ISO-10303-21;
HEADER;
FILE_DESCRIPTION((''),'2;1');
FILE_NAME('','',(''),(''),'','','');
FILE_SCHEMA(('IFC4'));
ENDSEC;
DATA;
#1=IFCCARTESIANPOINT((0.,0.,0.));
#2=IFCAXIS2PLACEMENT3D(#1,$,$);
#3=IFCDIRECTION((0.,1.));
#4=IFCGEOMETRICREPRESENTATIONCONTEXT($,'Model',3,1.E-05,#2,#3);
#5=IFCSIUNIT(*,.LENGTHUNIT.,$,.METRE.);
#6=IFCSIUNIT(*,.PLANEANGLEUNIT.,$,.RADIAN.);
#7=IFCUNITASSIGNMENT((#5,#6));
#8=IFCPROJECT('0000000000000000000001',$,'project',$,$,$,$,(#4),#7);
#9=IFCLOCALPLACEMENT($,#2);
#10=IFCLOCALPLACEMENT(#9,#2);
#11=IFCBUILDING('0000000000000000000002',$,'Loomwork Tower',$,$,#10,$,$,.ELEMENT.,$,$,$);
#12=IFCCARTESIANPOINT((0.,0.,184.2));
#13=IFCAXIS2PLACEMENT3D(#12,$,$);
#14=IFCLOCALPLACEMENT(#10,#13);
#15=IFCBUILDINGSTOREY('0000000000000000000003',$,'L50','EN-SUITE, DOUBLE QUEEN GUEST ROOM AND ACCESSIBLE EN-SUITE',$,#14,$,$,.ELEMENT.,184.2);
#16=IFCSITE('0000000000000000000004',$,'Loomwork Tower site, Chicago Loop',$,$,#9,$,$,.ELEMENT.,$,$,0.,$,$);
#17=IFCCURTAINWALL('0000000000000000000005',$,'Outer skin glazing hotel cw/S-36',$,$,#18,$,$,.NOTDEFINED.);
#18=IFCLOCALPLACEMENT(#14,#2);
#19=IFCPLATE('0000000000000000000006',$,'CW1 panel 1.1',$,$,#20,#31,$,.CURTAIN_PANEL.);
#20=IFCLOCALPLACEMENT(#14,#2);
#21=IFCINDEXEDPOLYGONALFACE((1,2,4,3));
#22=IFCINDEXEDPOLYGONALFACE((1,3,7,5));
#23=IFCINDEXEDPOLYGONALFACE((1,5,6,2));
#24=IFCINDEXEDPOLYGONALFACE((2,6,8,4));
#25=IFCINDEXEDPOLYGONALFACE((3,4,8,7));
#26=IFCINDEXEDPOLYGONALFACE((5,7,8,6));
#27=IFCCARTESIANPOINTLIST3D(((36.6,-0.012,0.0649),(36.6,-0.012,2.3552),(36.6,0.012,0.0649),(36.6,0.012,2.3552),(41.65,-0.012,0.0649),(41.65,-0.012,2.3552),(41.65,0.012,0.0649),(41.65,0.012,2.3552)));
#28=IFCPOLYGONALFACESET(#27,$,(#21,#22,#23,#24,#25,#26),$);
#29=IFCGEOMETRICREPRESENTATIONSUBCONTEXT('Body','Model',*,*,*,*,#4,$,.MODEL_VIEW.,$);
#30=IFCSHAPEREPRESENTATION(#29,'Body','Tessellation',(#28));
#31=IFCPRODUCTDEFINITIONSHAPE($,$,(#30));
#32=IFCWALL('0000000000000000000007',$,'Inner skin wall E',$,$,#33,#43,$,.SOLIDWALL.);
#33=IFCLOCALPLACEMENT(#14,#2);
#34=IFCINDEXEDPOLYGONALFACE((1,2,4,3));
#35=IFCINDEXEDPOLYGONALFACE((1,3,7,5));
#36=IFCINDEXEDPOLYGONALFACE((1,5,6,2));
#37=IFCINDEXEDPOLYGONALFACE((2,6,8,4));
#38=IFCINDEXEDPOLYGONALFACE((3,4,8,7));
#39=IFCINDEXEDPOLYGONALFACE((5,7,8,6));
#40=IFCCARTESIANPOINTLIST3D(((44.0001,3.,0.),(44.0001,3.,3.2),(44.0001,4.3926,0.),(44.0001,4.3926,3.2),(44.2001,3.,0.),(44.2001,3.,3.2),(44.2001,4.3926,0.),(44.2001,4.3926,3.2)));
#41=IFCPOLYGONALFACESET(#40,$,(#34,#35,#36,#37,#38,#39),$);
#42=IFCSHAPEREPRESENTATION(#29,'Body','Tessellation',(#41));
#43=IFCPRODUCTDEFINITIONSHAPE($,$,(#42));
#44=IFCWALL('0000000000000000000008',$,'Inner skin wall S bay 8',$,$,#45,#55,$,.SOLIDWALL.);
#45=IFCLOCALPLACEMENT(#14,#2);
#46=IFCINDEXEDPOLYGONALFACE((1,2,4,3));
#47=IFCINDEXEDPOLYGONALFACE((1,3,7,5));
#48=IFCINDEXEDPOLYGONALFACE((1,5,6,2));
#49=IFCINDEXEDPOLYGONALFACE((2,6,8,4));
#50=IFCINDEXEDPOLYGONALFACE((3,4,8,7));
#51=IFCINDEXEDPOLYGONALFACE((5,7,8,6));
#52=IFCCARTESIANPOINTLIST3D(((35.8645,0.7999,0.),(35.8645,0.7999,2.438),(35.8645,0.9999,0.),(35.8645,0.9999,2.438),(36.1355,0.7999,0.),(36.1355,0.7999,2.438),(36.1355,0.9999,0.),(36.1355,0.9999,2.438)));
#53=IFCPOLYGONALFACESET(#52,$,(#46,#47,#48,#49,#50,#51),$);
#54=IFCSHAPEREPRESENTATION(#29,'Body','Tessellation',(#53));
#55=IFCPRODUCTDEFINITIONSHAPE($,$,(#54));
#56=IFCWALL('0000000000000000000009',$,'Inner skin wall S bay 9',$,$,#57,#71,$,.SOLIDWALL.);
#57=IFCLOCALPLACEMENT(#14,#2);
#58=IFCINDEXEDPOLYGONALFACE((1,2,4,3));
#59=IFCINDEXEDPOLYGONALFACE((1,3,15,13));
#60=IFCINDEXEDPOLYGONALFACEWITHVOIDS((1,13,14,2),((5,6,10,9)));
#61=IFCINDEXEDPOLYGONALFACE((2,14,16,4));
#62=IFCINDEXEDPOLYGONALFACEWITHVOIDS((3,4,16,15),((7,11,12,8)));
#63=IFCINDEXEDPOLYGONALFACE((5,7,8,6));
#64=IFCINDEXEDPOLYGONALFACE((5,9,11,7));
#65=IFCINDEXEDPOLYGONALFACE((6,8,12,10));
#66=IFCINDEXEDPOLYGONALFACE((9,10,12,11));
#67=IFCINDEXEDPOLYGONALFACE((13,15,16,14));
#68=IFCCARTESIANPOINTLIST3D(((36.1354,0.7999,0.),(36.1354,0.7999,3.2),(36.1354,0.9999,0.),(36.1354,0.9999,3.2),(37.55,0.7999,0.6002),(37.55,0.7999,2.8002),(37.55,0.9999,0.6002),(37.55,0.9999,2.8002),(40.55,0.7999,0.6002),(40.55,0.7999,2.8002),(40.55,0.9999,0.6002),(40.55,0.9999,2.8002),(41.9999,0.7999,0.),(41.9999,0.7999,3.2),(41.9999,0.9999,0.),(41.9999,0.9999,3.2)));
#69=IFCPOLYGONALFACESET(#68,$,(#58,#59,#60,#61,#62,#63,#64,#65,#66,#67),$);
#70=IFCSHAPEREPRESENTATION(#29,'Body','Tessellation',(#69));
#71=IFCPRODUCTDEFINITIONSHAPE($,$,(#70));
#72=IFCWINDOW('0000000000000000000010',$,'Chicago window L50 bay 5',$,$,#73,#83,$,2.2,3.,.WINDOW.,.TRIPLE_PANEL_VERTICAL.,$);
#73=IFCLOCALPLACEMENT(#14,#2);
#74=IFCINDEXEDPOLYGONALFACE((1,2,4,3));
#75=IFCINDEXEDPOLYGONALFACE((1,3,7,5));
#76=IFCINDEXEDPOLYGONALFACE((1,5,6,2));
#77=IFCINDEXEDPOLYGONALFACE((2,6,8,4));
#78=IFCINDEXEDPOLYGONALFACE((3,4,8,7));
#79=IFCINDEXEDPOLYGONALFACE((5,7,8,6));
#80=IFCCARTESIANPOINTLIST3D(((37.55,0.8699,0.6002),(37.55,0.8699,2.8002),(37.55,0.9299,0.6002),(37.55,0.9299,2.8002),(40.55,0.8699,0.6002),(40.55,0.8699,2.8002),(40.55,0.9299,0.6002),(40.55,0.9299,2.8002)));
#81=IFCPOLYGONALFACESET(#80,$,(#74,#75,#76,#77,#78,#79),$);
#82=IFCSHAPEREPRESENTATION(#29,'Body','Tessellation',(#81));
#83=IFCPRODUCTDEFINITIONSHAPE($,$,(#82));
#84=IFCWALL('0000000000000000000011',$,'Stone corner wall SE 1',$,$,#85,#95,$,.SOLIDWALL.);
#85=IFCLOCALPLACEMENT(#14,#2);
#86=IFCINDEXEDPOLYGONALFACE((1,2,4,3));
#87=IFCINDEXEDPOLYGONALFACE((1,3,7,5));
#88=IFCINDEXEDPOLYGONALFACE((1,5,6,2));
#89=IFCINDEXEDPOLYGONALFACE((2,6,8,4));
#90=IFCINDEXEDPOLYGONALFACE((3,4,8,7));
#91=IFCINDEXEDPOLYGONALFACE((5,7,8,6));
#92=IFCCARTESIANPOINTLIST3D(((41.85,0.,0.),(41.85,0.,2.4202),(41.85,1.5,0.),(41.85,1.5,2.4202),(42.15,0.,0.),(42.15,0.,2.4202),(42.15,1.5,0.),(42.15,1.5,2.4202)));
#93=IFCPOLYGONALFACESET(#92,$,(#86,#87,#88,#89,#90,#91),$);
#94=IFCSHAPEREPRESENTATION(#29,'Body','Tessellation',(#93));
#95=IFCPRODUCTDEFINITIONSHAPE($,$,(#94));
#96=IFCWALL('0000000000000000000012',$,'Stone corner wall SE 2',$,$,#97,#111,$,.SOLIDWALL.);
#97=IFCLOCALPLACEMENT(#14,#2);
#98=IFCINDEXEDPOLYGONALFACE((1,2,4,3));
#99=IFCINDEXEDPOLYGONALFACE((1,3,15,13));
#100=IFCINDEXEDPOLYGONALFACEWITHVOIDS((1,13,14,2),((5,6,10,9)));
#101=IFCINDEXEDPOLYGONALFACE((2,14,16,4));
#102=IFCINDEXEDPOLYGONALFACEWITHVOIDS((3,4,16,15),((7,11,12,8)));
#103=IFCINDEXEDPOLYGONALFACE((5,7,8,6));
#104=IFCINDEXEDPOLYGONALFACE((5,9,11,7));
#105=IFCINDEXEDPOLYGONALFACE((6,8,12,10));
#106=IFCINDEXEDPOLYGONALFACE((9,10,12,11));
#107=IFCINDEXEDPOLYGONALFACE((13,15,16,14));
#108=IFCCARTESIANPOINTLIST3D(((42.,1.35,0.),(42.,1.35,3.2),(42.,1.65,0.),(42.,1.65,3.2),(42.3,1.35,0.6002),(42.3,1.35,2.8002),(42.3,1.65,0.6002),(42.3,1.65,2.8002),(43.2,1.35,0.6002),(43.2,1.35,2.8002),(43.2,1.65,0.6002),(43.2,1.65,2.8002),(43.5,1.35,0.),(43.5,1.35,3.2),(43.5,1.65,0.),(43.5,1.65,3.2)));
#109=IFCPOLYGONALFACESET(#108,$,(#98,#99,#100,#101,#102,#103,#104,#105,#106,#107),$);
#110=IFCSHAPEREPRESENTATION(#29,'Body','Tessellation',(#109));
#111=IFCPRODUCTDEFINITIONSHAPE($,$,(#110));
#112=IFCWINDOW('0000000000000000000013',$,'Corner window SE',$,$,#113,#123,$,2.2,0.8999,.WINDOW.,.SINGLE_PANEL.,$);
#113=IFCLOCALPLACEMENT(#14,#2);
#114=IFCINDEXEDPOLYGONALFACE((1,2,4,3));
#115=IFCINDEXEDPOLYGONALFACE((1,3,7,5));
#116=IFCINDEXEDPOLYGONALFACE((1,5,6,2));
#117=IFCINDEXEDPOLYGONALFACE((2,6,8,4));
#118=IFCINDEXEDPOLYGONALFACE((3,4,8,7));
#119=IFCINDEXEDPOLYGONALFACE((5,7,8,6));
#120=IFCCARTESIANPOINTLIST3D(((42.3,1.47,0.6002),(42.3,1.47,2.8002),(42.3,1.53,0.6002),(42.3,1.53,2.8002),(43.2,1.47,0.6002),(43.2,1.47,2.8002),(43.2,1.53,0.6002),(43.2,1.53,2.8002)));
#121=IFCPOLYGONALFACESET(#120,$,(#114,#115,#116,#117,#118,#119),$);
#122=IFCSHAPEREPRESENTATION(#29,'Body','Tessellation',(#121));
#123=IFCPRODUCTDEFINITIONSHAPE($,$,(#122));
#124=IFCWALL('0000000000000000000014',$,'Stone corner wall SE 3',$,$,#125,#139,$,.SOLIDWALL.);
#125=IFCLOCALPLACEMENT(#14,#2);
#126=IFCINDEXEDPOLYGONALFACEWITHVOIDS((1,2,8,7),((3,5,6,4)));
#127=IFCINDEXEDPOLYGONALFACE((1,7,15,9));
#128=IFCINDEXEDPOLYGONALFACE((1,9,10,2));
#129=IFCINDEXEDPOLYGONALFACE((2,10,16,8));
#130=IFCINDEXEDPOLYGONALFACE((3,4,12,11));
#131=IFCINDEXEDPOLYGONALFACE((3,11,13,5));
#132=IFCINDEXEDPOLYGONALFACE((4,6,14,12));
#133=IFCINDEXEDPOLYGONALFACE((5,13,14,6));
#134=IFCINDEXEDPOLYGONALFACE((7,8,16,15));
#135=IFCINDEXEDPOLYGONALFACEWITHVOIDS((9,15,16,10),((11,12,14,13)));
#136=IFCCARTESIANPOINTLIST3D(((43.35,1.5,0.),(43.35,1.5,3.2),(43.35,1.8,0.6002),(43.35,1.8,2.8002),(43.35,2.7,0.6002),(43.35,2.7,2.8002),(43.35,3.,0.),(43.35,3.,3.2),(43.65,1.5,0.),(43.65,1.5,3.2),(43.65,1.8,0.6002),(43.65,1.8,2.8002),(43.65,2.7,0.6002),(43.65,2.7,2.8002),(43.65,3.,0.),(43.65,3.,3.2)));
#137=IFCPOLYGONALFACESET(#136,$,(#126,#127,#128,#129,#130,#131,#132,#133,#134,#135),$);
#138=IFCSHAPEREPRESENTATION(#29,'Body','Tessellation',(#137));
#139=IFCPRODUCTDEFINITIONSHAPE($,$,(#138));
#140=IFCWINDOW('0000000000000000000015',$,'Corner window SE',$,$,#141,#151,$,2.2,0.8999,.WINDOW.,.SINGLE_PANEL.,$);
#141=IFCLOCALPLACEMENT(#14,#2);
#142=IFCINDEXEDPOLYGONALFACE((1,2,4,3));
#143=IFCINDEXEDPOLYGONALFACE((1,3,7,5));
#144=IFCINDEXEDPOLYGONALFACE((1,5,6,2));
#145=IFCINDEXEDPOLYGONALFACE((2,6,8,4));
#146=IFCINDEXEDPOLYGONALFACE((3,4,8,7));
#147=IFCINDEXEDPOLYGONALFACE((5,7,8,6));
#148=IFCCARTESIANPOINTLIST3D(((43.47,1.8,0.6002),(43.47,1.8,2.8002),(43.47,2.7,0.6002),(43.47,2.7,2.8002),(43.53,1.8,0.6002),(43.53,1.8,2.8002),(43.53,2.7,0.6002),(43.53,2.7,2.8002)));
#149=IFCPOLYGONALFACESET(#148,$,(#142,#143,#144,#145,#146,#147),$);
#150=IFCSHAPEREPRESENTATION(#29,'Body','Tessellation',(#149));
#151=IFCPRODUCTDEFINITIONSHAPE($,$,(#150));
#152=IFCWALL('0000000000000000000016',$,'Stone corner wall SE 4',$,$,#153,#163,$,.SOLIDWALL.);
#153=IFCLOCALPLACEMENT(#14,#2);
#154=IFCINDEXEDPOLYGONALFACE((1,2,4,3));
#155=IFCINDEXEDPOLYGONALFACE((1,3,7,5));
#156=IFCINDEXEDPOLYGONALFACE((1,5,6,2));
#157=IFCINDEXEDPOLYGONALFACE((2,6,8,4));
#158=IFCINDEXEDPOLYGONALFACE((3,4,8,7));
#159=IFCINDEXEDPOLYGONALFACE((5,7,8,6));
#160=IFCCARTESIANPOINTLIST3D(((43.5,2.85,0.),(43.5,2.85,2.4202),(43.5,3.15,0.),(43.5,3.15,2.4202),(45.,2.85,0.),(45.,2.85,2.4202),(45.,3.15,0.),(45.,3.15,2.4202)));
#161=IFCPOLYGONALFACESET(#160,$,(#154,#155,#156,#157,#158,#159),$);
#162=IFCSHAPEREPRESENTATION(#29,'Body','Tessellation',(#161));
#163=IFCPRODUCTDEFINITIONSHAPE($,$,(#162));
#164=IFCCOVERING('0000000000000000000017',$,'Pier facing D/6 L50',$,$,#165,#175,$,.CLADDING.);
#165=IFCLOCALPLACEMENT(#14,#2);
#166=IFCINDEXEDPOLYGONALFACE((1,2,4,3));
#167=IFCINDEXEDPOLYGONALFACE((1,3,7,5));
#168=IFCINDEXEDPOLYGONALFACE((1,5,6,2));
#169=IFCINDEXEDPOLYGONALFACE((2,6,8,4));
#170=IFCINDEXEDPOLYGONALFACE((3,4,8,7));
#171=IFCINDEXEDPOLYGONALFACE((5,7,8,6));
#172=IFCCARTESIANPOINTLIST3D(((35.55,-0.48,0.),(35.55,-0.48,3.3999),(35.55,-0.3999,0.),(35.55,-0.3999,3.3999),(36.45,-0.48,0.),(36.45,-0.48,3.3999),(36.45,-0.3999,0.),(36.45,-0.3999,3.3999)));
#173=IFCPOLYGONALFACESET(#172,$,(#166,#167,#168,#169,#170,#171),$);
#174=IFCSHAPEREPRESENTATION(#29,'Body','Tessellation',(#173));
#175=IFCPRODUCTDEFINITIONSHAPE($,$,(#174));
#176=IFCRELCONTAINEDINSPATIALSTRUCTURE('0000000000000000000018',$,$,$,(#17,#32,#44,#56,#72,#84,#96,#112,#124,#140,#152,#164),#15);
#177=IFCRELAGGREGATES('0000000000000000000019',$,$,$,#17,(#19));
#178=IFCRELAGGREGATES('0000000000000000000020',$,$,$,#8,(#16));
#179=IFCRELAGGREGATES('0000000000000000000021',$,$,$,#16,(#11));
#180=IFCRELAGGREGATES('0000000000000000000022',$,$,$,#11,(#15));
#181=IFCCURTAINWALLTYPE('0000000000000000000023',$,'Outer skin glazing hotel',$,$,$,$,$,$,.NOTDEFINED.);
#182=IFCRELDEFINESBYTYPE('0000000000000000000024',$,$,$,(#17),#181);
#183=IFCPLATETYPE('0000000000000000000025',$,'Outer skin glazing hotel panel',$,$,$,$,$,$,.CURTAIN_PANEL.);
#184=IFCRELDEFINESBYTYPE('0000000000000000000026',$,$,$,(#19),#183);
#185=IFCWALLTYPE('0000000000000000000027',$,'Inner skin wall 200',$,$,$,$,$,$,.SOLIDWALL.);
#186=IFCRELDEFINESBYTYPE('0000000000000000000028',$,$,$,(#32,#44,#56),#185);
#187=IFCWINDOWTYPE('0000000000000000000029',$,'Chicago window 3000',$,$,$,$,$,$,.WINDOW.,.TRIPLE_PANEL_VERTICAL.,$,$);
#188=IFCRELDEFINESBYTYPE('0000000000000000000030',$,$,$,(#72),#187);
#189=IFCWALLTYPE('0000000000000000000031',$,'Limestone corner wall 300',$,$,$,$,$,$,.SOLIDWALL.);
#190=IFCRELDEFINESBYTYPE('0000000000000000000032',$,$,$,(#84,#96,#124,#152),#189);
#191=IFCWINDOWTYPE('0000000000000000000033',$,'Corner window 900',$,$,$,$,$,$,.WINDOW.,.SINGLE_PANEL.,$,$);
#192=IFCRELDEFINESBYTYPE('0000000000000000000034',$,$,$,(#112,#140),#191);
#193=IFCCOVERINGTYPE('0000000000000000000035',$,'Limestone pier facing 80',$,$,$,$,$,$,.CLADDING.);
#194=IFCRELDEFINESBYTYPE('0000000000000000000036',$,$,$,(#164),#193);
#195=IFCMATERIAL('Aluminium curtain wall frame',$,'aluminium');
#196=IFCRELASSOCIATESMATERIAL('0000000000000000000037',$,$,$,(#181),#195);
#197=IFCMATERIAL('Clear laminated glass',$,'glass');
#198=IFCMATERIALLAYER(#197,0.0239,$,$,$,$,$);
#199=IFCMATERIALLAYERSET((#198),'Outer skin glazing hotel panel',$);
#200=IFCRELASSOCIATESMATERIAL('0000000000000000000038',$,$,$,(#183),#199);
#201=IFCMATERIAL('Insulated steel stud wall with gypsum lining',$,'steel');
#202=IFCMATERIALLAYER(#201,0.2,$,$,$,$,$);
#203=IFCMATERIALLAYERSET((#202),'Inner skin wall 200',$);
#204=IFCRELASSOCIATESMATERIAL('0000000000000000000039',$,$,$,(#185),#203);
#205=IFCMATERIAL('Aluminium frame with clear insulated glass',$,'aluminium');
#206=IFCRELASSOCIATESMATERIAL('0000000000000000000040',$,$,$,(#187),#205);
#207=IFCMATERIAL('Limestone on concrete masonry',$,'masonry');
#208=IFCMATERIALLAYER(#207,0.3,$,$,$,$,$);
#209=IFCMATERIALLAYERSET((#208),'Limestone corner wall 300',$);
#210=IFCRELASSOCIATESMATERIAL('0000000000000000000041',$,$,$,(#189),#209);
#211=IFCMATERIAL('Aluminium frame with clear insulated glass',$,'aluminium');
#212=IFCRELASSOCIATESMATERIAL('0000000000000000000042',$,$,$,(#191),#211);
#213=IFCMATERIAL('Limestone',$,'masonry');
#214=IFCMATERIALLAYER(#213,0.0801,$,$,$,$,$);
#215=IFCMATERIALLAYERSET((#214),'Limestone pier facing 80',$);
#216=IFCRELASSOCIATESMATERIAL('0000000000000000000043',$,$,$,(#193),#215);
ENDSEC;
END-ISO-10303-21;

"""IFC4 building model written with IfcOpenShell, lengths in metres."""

from ifc_helpers import new_model, si_unit, direction, frame, frame_2d, origin, origin_2d, place, context, subcontext, project, spatial, rectangle, extrude, material, layer, layer_set, type_object, element, fill, aggregate, save


model = new_model("IFC4")

# Units and contexts
model_context = context("Model", 3, precision=1e-05, world=origin(), true_north=direction((0.0, 1.0)))
body_context = subcontext(model_context, "Body", "Model", "MODEL_VIEW")
ifc_project = project(units=[si_unit("LENGTHUNIT", "METRE"), si_unit("PLANEANGLEUNIT", "RADIAN")], contexts=[model_context])

# Site, building, storey
site_placement = place(None, origin())
site = spatial("IfcSite", under=ifc_project, at=site_placement, Name="Loomwork Tower site, Chicago Loop", CompositionType="ELEMENT", RefElevation=0.0)
building_placement = place(site_placement, origin())
building = spatial("IfcBuilding", under=site, at=building_placement, Name="Loomwork Tower", CompositionType="ELEMENT")
storey_placement = place(building_placement, frame((0.0, 0.0, 184.2)))
storey = spatial("IfcBuildingStorey", under=building, at=storey_placement, Name="L50", Description="EN-SUITE, DOUBLE QUEEN GUEST ROOM AND ACCESSIBLE EN-SUITE", CompositionType="ELEMENT", Elevation=184.2)

# Curtain wall
ifc_material_1 = material(Name="Aluminium curtain wall frame", Category="aluminium")
curtain_wall_type = type_object("IfcCurtainWallType", Name="Outer skin glazing hotel", PredefinedType="NOTDEFINED", material=ifc_material_1)
curtain_wall_1_placement = place(storey_placement, origin())
curtain_wall_1 = element("IfcCurtainWall", 1, at=curtain_wall_1_placement, inside=storey, type_object=curtain_wall_type, Name="Outer skin glazing hotel cw/S-36", PredefinedType="NOTDEFINED")

# Plate
ifc_material_2 = material(Name="Clear laminated glass", Category="glass")
ifc_layer_1 = layer(ifc_material_2, 0.0239)
ifc_layer_set_1 = layer_set([ifc_layer_1], Name="Outer skin glazing hotel panel")
plate_type = type_object("IfcPlateType", Name="Outer skin glazing hotel panel", PredefinedType="CURTAIN_PANEL", material=ifc_layer_set_1)
plate_placement = place(storey_placement, frame((39.125, 0.0, 0.0649), z_axis=(0.0, 0.0, 1.0), x_axis=(1.0, 0.0, 0.0)))
plate = element("IfcPlate", 2, at=plate_placement, type_object=plate_type, Name="CW1 panel 1.1", PredefinedType="CURTAIN_PANEL", context=body_context, shape_type="SweptSolid", body=[
    extrude(rectangle(XDim=5.05, YDim=0.0239, at=origin_2d()), origin(), (0.0, 0.0, 1.0), 2.2903),
])
aggregate(curtain_wall_1, [plate])

# Walls
ifc_material_3 = material(Name="Insulated steel stud wall with gypsum lining", Category="steel")
ifc_layer_2 = layer(ifc_material_3, 0.2)
ifc_layer_set_2 = layer_set([ifc_layer_2], Name="Inner skin wall 200")
wall_type_1 = type_object("IfcWallType", Name="Inner skin wall 200", PredefinedType="SOLIDWALL", material=ifc_layer_set_2)
wall_1_placement = place(storey_placement, frame((44.1001, 3.0, 0.0), z_axis=(0.0, 0.0, 1.0), x_axis=(0.0, 1.0, 0.0)))
element("IfcWall", 3, at=wall_1_placement, inside=storey, type_object=wall_type_1, Name="Inner skin wall E", PredefinedType="SOLIDWALL", context=body_context, shape_type="SweptSolid", body=[
    extrude(rectangle(XDim=1.3926, YDim=0.2, at=frame_2d((0.6963, 0.0))), origin(), (0.0, 0.0, 1.0), 3.2),
])
wall_2_placement = place(storey_placement, frame((35.8645, 0.8999, 0.0), z_axis=(0.0, 0.0, 1.0), x_axis=(1.0, 0.0, 0.0)))
element("IfcWall", 4, at=wall_2_placement, inside=storey, type_object=wall_type_1, Name="Inner skin wall S bay 8", PredefinedType="SOLIDWALL", context=body_context, shape_type="SweptSolid", body=[
    extrude(rectangle(XDim=0.271, YDim=0.2, at=frame_2d((0.1355, 0.0))), origin(), (0.0, 0.0, 1.0), 2.438),
])

# Wall, opening, window
wall_3_placement = place(storey_placement, frame((36.1355, 0.8999, 0.0), z_axis=(0.0, 0.0, 1.0), x_axis=(1.0, 0.0, 0.0)))
wall_3 = element("IfcWall", 5, at=wall_3_placement, inside=storey, type_object=wall_type_1, Name="Inner skin wall S bay 9", PredefinedType="SOLIDWALL", context=body_context, shape_type="SweptSolid", body=[
    extrude(rectangle(XDim=5.8645, YDim=0.2, at=frame_2d((2.9321, 0.0))), origin(), (0.0, 0.0, 1.0), 3.2),
])
opening_1_placement = place(wall_3_placement, frame((1.4146, 0.0, 0.6001)))
opening_1 = element("IfcOpeningElement", 6, at=opening_1_placement, cuts=wall_3, PredefinedType="OPENING", context=body_context, shape_type="SweptSolid", body=[
    extrude(rectangle(XDim=3.0, YDim=2.2, at=frame_2d((1.5, 1.1001))), frame((0.0, 0.1099, 0.0), z_axis=(0.0, -1.0, 0.0), x_axis=(1.0, 0.0, 0.0)), (0.0, 0.0, 1.0), 0.22),
])
ifc_material_4 = material(Name="Aluminium frame with clear insulated glass", Category="aluminium")
window_type_1 = type_object("IfcWindowType", Name="Chicago window 3000", PartitioningType="TRIPLE_PANEL_VERTICAL", PredefinedType="WINDOW", material=ifc_material_4)
window_1_placement = place(opening_1_placement, origin())
window_1 = element("IfcWindow", 7, at=window_1_placement, inside=storey, type_object=window_type_1, Name="Chicago window L50 bay 5", OverallHeight=2.2, OverallWidth=3.0, PartitioningType="TRIPLE_PANEL_VERTICAL", PredefinedType="WINDOW", context=body_context, shape_type="SweptSolid", body=[
    extrude(rectangle(XDim=3.0, YDim=2.2, at=frame_2d((1.5, 1.1001))), frame((0.0, 0.03, 0.0), z_axis=(0.0, -1.0, 0.0), x_axis=(1.0, 0.0, 0.0)), (0.0, 0.0, 1.0), 0.0601),
])
fill(opening_1, window_1)

# Wall
ifc_material_5 = material(Name="Limestone on concrete masonry", Category="masonry")
ifc_layer_3 = layer(ifc_material_5, 0.3)
ifc_layer_set_3 = layer_set([ifc_layer_3], Name="Limestone corner wall 300")
wall_type_2 = type_object("IfcWallType", Name="Limestone corner wall 300", PredefinedType="SOLIDWALL", material=ifc_layer_set_3)
wall_4_placement = place(storey_placement, frame((42.0, 0.0, 0.0), z_axis=(0.0, 0.0, 1.0), x_axis=(0.0, 1.0, 0.0)))
element("IfcWall", 8, at=wall_4_placement, inside=storey, type_object=wall_type_2, Name="Stone corner wall SE 1", PredefinedType="SOLIDWALL", context=body_context, shape_type="SweptSolid", body=[
    extrude(rectangle(XDim=1.5, YDim=0.3, at=frame_2d((0.75, 0.0))), origin(), (0.0, 0.0, 1.0), 2.4202),
])

# Walls, openings, windows
wall_5_placement = place(storey_placement, frame((42.0, 1.5, 0.0), z_axis=(0.0, 0.0, 1.0), x_axis=(1.0, 0.0, 0.0)))
wall_5 = element("IfcWall", 9, at=wall_5_placement, inside=storey, type_object=wall_type_2, Name="Stone corner wall SE 2", PredefinedType="SOLIDWALL", context=body_context, shape_type="SweptSolid", body=[
    extrude(rectangle(XDim=1.5, YDim=0.3, at=frame_2d((0.75, 0.0))), origin(), (0.0, 0.0, 1.0), 3.2),
])
opening_2_placement = place(wall_5_placement, frame((0.3, 0.0, 0.6001)))
opening_2 = element("IfcOpeningElement", 10, at=opening_2_placement, cuts=wall_5, PredefinedType="OPENING", context=body_context, shape_type="SweptSolid", body=[
    extrude(rectangle(XDim=0.8999, YDim=2.2, at=frame_2d((0.45, 1.1001))), frame((0.0, 0.1599, 0.0), z_axis=(0.0, -1.0, 0.0), x_axis=(1.0, 0.0, 0.0)), (0.0, 0.0, 1.0), 0.3201),
])
ifc_material_6 = material(Name="Aluminium frame with clear insulated glass", Category="aluminium")
window_type_2 = type_object("IfcWindowType", Name="Corner window 900", PartitioningType="SINGLE_PANEL", PredefinedType="WINDOW", material=ifc_material_6)
window_2_placement = place(opening_2_placement, origin())
window_2 = element("IfcWindow", 11, at=window_2_placement, inside=storey, type_object=window_type_2, Name="Corner window SE", OverallHeight=2.2, OverallWidth=0.8999, PartitioningType="SINGLE_PANEL", PredefinedType="WINDOW", context=body_context, shape_type="SweptSolid", body=[
    extrude(rectangle(XDim=0.8999, YDim=2.2, at=frame_2d((0.45, 1.1001))), frame((0.0, 0.03, 0.0), z_axis=(0.0, -1.0, 0.0), x_axis=(1.0, 0.0, 0.0)), (0.0, 0.0, 1.0), 0.0601),
])
fill(opening_2, window_2)
wall_6_placement = place(storey_placement, frame((43.5, 1.5, 0.0), z_axis=(0.0, 0.0, 1.0), x_axis=(0.0, 1.0, 0.0)))
wall_6 = element("IfcWall", 12, at=wall_6_placement, inside=storey, type_object=wall_type_2, Name="Stone corner wall SE 3", PredefinedType="SOLIDWALL", context=body_context, shape_type="SweptSolid", body=[
    extrude(rectangle(XDim=1.5, YDim=0.3, at=frame_2d((0.75, 0.0))), origin(), (0.0, 0.0, 1.0), 3.2),
])
opening_3_placement = place(wall_6_placement, frame((0.3, 0.0, 0.6001)))
opening_3 = element("IfcOpeningElement", 13, at=opening_3_placement, cuts=wall_6, PredefinedType="OPENING", context=body_context, shape_type="SweptSolid", body=[
    extrude(rectangle(XDim=0.8999, YDim=2.2, at=frame_2d((0.45, 1.1001))), frame((0.0, 0.1599, 0.0), z_axis=(0.0, -1.0, 0.0), x_axis=(1.0, 0.0, 0.0)), (0.0, 0.0, 1.0), 0.3201),
])
window_3_placement = place(opening_3_placement, origin())
window_3 = element("IfcWindow", 14, at=window_3_placement, inside=storey, type_object=window_type_2, Name="Corner window SE", OverallHeight=2.2, OverallWidth=0.8999, PartitioningType="SINGLE_PANEL", PredefinedType="WINDOW", context=body_context, shape_type="SweptSolid", body=[
    extrude(rectangle(XDim=0.8999, YDim=2.2, at=frame_2d((0.45, 1.1001))), frame((0.0, 0.03, 0.0), z_axis=(0.0, -1.0, 0.0), x_axis=(1.0, 0.0, 0.0)), (0.0, 0.0, 1.0), 0.0601),
])
fill(opening_3, window_3)

# Wall
wall_7_placement = place(storey_placement, frame((43.5, 3.0, 0.0), z_axis=(0.0, 0.0, 1.0), x_axis=(1.0, 0.0, 0.0)))
element("IfcWall", 15, at=wall_7_placement, inside=storey, type_object=wall_type_2, Name="Stone corner wall SE 4", PredefinedType="SOLIDWALL", context=body_context, shape_type="SweptSolid", body=[
    extrude(rectangle(XDim=1.5, YDim=0.3, at=frame_2d((0.75, 0.0))), origin(), (0.0, 0.0, 1.0), 2.4202),
])

# Covering
ifc_material_7 = material(Name="Limestone", Category="masonry")
ifc_layer_4 = layer(ifc_material_7, 0.0801)
ifc_layer_set_4 = layer_set([ifc_layer_4], Name="Limestone pier facing 80")
covering_type = type_object("IfcCoveringType", Name="Limestone pier facing 80", PredefinedType="CLADDING", material=ifc_layer_set_4)
for number, where, z_axis, x_axis, name in (
    (16, (36.0, -0.4399, 0.0), (0.0, 0.0, 1.0), (1.0, 0.0, 0.0), "Pier facing D/6 L50"),
):
    element("IfcCovering", number, at=place(storey_placement, frame(where, z_axis=z_axis, x_axis=x_axis)), inside=storey, type_object=covering_type, Name=name, PredefinedType="CLADDING", context=body_context, shape_type="SweptSolid", body=[
        extrude(rectangle(XDim=0.8999, YDim=0.0801, at=origin_2d()), origin(), (0.0, 0.0, 1.0), 3.3999),
    ])

save(model, "model.ifc")
